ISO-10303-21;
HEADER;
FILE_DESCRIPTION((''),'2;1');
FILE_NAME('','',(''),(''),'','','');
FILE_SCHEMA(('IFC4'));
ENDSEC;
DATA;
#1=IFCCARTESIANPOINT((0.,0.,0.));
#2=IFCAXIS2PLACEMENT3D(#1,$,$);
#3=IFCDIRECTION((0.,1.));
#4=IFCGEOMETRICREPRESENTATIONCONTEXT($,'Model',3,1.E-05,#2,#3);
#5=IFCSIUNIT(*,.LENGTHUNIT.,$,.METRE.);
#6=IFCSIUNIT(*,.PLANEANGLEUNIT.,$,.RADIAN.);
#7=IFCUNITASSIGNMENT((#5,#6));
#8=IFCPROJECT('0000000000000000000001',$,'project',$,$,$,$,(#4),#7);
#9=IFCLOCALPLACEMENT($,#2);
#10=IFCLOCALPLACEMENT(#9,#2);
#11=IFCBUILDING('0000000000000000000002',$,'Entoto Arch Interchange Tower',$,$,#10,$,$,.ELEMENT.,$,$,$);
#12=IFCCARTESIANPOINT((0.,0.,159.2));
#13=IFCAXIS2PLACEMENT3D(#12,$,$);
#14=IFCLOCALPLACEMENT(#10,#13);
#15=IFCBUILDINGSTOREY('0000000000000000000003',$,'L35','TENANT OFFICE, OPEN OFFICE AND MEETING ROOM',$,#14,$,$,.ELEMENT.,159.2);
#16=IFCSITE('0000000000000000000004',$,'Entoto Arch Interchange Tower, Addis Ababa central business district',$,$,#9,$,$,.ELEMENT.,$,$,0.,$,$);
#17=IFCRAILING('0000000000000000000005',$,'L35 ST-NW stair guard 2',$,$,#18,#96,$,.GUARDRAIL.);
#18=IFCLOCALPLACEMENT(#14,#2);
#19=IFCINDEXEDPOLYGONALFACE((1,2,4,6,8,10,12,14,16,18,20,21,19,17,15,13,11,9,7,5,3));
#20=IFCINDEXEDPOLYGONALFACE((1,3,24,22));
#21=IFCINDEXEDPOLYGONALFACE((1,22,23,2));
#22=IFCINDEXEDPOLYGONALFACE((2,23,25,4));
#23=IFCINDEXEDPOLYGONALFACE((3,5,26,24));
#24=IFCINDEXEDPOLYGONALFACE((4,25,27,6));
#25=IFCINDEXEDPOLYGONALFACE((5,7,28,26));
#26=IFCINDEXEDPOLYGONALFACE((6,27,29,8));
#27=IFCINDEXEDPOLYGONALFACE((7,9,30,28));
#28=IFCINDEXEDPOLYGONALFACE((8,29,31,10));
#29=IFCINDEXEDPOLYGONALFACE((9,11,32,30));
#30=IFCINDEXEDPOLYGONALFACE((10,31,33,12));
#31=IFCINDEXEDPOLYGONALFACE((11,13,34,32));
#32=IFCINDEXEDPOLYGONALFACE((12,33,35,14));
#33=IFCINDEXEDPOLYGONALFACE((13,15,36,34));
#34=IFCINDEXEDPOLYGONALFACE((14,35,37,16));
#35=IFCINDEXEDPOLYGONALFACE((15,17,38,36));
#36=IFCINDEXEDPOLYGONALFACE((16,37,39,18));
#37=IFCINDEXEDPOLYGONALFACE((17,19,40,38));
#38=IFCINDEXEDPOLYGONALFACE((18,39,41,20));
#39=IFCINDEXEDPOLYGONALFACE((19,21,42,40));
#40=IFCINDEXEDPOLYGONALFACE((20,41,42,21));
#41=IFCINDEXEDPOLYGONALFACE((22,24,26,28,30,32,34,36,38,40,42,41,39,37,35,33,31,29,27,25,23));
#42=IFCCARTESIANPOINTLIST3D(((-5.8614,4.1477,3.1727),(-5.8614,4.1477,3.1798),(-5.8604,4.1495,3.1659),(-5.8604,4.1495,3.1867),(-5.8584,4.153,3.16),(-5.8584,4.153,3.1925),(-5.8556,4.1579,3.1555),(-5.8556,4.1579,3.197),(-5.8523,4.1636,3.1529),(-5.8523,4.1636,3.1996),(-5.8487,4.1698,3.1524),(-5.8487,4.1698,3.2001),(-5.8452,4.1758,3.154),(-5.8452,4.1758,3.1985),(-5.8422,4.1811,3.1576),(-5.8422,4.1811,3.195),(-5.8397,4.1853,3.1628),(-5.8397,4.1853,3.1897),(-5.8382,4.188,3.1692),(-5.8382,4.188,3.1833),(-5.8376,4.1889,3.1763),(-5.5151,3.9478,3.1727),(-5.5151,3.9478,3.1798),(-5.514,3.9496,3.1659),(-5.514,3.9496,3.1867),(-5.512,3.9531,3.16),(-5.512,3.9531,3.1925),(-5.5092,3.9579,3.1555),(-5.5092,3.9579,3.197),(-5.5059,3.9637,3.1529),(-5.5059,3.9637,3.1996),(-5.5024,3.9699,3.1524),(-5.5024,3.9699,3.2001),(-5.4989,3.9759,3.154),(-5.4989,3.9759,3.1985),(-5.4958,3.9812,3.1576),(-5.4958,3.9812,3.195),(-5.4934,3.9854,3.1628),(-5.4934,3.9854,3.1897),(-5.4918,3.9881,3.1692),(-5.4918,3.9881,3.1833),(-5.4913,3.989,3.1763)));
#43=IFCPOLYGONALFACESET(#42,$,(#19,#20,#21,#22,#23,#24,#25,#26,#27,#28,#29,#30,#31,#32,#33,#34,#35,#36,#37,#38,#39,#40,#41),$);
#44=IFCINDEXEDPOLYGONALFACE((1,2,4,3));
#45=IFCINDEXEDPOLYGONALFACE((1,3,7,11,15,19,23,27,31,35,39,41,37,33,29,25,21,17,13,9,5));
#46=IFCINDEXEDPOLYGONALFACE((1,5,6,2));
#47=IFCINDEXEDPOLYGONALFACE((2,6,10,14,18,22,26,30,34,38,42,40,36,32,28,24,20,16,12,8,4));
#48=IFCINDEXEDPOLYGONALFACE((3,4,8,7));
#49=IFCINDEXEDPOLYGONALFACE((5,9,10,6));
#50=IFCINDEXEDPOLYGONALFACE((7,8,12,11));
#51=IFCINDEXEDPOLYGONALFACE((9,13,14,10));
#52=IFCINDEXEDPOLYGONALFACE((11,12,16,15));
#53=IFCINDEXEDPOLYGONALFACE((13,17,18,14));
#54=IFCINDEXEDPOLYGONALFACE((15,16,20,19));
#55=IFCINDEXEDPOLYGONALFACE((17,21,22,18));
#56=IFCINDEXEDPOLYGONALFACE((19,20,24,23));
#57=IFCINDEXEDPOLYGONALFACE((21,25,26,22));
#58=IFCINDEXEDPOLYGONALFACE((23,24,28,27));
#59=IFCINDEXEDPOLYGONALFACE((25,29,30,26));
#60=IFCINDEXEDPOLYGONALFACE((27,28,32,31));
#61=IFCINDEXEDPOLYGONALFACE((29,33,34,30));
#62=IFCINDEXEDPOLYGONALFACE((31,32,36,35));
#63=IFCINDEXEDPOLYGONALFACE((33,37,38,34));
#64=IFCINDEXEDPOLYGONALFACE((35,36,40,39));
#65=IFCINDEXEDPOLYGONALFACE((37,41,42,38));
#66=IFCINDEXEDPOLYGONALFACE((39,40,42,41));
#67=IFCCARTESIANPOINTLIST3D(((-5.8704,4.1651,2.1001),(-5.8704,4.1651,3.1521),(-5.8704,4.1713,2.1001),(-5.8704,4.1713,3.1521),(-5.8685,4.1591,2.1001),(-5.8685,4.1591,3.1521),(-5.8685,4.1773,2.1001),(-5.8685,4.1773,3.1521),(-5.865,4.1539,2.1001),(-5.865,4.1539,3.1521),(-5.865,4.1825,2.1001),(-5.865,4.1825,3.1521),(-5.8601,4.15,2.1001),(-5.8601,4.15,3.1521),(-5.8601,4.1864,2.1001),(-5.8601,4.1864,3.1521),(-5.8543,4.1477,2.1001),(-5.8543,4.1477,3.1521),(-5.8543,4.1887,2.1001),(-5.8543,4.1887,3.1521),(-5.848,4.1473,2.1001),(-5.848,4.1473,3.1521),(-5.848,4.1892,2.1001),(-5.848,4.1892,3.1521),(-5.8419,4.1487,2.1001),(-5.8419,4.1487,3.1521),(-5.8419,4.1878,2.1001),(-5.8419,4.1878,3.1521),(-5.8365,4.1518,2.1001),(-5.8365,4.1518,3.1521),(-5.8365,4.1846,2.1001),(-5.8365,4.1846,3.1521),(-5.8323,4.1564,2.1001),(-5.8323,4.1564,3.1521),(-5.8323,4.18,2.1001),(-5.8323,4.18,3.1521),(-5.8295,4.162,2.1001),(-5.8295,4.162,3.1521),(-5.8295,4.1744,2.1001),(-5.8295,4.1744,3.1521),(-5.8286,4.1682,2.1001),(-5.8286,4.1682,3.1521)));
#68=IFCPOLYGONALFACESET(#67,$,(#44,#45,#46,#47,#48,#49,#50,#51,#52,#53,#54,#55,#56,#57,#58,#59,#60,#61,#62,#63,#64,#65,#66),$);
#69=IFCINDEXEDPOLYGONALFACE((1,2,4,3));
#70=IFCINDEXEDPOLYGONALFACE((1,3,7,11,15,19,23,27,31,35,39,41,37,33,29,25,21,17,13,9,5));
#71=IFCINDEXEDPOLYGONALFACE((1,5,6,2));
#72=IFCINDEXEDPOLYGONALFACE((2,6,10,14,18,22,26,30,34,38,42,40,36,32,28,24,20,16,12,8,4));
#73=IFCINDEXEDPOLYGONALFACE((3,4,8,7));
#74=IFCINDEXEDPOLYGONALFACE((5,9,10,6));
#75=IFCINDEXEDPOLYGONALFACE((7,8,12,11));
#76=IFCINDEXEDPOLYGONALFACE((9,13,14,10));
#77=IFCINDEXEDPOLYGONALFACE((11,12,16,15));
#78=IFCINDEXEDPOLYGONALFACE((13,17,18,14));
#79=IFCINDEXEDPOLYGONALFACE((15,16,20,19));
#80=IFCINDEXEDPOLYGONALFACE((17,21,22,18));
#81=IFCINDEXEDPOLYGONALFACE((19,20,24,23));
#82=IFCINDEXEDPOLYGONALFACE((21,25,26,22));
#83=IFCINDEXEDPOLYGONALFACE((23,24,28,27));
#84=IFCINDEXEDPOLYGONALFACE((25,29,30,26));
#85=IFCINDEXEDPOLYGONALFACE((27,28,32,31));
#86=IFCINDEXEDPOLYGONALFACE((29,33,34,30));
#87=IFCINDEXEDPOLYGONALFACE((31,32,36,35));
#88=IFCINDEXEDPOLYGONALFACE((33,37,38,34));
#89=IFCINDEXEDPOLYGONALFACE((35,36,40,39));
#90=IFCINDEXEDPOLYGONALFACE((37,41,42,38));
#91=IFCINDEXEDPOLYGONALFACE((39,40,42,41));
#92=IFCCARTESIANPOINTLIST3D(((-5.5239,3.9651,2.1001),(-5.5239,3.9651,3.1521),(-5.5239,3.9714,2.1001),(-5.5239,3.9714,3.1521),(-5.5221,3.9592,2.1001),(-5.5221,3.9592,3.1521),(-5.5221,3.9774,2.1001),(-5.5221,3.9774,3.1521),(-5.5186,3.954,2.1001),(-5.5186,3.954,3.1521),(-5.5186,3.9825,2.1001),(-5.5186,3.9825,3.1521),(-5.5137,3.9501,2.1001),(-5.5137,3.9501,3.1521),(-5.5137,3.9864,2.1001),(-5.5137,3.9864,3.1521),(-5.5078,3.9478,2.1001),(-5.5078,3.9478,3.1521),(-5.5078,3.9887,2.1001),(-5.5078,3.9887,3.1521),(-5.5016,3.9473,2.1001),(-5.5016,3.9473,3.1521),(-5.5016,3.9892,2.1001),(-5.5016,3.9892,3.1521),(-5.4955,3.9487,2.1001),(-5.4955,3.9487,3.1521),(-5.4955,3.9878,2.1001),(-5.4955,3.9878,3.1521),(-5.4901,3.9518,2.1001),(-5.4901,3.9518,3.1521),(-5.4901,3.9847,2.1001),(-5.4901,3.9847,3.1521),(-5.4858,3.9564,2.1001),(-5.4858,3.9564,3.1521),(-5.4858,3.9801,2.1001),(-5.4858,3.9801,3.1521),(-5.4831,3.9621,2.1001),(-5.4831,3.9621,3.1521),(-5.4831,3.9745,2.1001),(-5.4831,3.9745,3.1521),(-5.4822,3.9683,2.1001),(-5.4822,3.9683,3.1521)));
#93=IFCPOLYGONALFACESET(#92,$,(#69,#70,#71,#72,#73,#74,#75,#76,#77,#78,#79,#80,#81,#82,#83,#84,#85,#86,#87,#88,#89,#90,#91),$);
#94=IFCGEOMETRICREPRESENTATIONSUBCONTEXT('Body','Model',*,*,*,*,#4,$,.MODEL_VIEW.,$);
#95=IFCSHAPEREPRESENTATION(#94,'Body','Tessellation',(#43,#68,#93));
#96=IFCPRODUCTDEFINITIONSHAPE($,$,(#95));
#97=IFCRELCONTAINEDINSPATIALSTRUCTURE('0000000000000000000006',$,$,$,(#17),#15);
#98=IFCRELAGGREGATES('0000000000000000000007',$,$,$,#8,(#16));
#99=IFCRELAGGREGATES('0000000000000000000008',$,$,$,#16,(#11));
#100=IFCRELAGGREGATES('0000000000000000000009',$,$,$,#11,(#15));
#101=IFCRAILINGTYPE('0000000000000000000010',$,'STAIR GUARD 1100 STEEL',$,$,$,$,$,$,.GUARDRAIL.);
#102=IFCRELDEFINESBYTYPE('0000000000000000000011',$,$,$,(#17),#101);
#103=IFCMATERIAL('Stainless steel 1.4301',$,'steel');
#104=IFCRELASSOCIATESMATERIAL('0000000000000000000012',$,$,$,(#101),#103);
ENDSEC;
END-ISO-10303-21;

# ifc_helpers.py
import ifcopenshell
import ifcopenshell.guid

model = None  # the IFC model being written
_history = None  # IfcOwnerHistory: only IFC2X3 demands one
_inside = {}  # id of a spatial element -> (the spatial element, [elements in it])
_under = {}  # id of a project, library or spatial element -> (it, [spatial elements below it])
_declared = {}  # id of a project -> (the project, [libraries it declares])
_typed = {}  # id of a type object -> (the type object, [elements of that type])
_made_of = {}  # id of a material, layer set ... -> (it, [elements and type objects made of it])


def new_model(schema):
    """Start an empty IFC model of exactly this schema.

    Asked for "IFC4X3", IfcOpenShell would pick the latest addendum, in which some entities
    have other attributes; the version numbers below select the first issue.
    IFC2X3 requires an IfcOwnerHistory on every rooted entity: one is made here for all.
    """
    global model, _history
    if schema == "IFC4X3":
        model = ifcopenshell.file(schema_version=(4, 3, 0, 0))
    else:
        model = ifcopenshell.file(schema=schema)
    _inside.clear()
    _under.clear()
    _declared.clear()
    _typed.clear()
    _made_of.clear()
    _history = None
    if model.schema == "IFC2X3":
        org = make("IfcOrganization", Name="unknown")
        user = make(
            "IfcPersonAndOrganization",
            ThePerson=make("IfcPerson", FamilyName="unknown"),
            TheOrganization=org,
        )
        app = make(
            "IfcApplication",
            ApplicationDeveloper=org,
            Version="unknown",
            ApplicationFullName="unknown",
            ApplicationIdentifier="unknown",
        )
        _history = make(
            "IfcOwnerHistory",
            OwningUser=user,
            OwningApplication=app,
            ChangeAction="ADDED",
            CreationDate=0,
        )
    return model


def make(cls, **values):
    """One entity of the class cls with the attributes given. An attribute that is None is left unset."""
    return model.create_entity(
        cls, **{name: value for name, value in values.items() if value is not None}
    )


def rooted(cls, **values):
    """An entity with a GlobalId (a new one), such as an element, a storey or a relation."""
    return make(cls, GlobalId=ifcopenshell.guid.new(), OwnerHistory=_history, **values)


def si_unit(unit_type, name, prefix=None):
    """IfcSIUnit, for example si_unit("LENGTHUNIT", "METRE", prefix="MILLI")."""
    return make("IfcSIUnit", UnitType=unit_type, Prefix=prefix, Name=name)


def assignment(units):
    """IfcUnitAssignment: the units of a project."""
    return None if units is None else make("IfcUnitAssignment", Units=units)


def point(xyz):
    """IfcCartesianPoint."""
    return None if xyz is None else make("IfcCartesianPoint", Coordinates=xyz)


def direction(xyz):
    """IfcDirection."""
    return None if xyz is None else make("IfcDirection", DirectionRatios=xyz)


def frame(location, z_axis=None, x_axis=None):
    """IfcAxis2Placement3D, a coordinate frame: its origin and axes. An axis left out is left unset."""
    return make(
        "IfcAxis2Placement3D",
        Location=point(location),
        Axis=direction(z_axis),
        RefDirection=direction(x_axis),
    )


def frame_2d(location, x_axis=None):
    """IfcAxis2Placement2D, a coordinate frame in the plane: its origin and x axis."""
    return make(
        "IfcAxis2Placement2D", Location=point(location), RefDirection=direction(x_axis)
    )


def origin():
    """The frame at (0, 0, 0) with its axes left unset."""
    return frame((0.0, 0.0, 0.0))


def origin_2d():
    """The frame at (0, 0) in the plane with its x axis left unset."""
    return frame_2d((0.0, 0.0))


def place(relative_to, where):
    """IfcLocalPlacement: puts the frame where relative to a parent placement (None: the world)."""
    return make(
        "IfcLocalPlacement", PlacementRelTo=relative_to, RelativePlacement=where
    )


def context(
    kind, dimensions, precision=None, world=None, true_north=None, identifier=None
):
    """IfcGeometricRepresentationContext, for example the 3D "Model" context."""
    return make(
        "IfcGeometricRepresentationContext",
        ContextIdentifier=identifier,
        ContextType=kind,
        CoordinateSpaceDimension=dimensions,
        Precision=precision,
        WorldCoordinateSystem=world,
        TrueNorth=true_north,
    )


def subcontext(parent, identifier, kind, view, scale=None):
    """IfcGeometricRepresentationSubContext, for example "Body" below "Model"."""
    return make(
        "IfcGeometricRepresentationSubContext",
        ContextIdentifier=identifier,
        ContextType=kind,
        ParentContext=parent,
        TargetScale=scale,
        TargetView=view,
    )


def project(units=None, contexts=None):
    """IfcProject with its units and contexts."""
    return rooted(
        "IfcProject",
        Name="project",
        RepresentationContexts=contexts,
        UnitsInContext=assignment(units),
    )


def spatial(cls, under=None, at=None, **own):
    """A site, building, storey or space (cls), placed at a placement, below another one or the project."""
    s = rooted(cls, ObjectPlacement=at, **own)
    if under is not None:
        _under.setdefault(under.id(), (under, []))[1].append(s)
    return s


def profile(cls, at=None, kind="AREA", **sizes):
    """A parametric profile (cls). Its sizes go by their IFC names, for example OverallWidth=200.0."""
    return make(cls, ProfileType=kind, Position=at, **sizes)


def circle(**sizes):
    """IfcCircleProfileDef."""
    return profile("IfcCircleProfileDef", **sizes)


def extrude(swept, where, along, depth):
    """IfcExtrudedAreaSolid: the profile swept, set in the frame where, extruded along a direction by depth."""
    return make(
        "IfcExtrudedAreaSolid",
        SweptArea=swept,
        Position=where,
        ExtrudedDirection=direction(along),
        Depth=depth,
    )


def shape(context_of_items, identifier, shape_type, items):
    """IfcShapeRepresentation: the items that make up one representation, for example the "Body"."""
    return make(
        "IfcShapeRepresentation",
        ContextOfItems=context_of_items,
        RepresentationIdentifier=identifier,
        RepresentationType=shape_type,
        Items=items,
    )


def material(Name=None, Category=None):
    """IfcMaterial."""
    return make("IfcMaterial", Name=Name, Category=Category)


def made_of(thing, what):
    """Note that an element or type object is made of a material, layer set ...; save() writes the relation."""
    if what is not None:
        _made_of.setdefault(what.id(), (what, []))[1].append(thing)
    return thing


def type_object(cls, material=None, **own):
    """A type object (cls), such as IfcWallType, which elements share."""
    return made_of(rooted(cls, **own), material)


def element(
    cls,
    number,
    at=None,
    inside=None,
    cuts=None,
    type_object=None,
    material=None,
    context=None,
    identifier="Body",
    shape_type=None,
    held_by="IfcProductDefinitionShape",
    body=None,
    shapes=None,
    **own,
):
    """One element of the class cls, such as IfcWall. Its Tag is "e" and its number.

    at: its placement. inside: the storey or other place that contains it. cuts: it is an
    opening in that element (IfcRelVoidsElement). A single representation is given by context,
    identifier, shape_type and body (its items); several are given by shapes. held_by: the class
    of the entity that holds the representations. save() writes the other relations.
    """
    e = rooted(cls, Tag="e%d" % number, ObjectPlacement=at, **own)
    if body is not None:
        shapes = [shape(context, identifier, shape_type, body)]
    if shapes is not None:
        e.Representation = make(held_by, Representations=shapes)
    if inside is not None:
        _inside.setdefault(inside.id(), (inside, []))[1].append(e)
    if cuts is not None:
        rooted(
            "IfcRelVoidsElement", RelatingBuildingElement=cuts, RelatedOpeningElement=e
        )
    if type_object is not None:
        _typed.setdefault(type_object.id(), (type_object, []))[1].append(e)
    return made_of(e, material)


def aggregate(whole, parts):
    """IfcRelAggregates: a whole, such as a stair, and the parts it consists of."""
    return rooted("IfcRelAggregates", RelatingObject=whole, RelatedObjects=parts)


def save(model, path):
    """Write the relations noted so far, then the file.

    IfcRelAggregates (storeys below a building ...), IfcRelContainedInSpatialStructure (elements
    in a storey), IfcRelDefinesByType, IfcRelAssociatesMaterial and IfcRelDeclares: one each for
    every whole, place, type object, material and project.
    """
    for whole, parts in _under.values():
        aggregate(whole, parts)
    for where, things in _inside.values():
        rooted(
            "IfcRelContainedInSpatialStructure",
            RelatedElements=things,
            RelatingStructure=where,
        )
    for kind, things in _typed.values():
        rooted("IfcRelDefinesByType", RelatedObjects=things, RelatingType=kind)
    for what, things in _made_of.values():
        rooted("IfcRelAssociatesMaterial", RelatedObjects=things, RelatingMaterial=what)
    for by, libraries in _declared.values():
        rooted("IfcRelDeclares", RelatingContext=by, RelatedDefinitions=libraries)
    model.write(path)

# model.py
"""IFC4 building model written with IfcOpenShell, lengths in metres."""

from ifc_helpers import new_model, si_unit, direction, frame, origin, origin_2d, place, context, subcontext, project, spatial, circle, extrude, material, type_object, element, save


model = new_model("IFC4")

# Units and contexts
model_context = context("Model", 3, precision=1e-05, world=origin(), true_north=direction((0.0, 1.0)))
body_context = subcontext(model_context, "Body", "Model", "MODEL_VIEW")
ifc_project = project(units=[si_unit("LENGTHUNIT", "METRE"), si_unit("PLANEANGLEUNIT", "RADIAN")], contexts=[model_context])

# Site, building, storey
site_placement = place(None, origin())
site = spatial("IfcSite", under=ifc_project, at=site_placement, Name="Entoto Arch Interchange Tower, Addis Ababa central business district", CompositionType="ELEMENT", RefElevation=0.0)
building_placement = place(site_placement, origin())
building = spatial("IfcBuilding", under=site, at=building_placement, Name="Entoto Arch Interchange Tower", CompositionType="ELEMENT")
storey_placement = place(building_placement, frame((0.0, 0.0, 159.2)))
storey = spatial("IfcBuildingStorey", under=building, at=storey_placement, Name="L35", Description="TENANT OFFICE, OPEN OFFICE AND MEETING ROOM", CompositionType="ELEMENT", Elevation=159.2)

# Railing
ifc_material_1 = material(Name="Stainless steel 1.4301", Category="steel")
railing_type_1 = type_object("IfcRailingType", Name="STAIR GUARD 1100 STEEL", PredefinedType="GUARDRAIL", material=ifc_material_1)
railing_1_placement = place(storey_placement, frame((-5.8496, 4.1682, 2.1001)))
element("IfcRailing", 1, at=railing_1_placement, inside=storey, type_object=railing_type_1, Name="L35 ST-NW stair guard 2", PredefinedType="GUARDRAIL", context=body_context, shape_type="SweptSolid", body=[
    extrude(circle(Radius=0.0239, at=origin_2d()), frame((0.0, 0.0, 1.0762), z_axis=(0.866094, -0.499881, 0.0), x_axis=(0.499881, 0.866094, 0.0)), (0.0, 0.0, 1.0), 0.3999),
    extrude(circle(Radius=0.021, at=origin_2d()), origin(), (0.0, 0.0, 1.0), 1.052),
    extrude(circle(Radius=0.021, at=origin_2d()), frame((0.3464, -0.2, 0.0)), (0.0, 0.0, 1.0), 1.052),
])

save(model, "model.ifc")
